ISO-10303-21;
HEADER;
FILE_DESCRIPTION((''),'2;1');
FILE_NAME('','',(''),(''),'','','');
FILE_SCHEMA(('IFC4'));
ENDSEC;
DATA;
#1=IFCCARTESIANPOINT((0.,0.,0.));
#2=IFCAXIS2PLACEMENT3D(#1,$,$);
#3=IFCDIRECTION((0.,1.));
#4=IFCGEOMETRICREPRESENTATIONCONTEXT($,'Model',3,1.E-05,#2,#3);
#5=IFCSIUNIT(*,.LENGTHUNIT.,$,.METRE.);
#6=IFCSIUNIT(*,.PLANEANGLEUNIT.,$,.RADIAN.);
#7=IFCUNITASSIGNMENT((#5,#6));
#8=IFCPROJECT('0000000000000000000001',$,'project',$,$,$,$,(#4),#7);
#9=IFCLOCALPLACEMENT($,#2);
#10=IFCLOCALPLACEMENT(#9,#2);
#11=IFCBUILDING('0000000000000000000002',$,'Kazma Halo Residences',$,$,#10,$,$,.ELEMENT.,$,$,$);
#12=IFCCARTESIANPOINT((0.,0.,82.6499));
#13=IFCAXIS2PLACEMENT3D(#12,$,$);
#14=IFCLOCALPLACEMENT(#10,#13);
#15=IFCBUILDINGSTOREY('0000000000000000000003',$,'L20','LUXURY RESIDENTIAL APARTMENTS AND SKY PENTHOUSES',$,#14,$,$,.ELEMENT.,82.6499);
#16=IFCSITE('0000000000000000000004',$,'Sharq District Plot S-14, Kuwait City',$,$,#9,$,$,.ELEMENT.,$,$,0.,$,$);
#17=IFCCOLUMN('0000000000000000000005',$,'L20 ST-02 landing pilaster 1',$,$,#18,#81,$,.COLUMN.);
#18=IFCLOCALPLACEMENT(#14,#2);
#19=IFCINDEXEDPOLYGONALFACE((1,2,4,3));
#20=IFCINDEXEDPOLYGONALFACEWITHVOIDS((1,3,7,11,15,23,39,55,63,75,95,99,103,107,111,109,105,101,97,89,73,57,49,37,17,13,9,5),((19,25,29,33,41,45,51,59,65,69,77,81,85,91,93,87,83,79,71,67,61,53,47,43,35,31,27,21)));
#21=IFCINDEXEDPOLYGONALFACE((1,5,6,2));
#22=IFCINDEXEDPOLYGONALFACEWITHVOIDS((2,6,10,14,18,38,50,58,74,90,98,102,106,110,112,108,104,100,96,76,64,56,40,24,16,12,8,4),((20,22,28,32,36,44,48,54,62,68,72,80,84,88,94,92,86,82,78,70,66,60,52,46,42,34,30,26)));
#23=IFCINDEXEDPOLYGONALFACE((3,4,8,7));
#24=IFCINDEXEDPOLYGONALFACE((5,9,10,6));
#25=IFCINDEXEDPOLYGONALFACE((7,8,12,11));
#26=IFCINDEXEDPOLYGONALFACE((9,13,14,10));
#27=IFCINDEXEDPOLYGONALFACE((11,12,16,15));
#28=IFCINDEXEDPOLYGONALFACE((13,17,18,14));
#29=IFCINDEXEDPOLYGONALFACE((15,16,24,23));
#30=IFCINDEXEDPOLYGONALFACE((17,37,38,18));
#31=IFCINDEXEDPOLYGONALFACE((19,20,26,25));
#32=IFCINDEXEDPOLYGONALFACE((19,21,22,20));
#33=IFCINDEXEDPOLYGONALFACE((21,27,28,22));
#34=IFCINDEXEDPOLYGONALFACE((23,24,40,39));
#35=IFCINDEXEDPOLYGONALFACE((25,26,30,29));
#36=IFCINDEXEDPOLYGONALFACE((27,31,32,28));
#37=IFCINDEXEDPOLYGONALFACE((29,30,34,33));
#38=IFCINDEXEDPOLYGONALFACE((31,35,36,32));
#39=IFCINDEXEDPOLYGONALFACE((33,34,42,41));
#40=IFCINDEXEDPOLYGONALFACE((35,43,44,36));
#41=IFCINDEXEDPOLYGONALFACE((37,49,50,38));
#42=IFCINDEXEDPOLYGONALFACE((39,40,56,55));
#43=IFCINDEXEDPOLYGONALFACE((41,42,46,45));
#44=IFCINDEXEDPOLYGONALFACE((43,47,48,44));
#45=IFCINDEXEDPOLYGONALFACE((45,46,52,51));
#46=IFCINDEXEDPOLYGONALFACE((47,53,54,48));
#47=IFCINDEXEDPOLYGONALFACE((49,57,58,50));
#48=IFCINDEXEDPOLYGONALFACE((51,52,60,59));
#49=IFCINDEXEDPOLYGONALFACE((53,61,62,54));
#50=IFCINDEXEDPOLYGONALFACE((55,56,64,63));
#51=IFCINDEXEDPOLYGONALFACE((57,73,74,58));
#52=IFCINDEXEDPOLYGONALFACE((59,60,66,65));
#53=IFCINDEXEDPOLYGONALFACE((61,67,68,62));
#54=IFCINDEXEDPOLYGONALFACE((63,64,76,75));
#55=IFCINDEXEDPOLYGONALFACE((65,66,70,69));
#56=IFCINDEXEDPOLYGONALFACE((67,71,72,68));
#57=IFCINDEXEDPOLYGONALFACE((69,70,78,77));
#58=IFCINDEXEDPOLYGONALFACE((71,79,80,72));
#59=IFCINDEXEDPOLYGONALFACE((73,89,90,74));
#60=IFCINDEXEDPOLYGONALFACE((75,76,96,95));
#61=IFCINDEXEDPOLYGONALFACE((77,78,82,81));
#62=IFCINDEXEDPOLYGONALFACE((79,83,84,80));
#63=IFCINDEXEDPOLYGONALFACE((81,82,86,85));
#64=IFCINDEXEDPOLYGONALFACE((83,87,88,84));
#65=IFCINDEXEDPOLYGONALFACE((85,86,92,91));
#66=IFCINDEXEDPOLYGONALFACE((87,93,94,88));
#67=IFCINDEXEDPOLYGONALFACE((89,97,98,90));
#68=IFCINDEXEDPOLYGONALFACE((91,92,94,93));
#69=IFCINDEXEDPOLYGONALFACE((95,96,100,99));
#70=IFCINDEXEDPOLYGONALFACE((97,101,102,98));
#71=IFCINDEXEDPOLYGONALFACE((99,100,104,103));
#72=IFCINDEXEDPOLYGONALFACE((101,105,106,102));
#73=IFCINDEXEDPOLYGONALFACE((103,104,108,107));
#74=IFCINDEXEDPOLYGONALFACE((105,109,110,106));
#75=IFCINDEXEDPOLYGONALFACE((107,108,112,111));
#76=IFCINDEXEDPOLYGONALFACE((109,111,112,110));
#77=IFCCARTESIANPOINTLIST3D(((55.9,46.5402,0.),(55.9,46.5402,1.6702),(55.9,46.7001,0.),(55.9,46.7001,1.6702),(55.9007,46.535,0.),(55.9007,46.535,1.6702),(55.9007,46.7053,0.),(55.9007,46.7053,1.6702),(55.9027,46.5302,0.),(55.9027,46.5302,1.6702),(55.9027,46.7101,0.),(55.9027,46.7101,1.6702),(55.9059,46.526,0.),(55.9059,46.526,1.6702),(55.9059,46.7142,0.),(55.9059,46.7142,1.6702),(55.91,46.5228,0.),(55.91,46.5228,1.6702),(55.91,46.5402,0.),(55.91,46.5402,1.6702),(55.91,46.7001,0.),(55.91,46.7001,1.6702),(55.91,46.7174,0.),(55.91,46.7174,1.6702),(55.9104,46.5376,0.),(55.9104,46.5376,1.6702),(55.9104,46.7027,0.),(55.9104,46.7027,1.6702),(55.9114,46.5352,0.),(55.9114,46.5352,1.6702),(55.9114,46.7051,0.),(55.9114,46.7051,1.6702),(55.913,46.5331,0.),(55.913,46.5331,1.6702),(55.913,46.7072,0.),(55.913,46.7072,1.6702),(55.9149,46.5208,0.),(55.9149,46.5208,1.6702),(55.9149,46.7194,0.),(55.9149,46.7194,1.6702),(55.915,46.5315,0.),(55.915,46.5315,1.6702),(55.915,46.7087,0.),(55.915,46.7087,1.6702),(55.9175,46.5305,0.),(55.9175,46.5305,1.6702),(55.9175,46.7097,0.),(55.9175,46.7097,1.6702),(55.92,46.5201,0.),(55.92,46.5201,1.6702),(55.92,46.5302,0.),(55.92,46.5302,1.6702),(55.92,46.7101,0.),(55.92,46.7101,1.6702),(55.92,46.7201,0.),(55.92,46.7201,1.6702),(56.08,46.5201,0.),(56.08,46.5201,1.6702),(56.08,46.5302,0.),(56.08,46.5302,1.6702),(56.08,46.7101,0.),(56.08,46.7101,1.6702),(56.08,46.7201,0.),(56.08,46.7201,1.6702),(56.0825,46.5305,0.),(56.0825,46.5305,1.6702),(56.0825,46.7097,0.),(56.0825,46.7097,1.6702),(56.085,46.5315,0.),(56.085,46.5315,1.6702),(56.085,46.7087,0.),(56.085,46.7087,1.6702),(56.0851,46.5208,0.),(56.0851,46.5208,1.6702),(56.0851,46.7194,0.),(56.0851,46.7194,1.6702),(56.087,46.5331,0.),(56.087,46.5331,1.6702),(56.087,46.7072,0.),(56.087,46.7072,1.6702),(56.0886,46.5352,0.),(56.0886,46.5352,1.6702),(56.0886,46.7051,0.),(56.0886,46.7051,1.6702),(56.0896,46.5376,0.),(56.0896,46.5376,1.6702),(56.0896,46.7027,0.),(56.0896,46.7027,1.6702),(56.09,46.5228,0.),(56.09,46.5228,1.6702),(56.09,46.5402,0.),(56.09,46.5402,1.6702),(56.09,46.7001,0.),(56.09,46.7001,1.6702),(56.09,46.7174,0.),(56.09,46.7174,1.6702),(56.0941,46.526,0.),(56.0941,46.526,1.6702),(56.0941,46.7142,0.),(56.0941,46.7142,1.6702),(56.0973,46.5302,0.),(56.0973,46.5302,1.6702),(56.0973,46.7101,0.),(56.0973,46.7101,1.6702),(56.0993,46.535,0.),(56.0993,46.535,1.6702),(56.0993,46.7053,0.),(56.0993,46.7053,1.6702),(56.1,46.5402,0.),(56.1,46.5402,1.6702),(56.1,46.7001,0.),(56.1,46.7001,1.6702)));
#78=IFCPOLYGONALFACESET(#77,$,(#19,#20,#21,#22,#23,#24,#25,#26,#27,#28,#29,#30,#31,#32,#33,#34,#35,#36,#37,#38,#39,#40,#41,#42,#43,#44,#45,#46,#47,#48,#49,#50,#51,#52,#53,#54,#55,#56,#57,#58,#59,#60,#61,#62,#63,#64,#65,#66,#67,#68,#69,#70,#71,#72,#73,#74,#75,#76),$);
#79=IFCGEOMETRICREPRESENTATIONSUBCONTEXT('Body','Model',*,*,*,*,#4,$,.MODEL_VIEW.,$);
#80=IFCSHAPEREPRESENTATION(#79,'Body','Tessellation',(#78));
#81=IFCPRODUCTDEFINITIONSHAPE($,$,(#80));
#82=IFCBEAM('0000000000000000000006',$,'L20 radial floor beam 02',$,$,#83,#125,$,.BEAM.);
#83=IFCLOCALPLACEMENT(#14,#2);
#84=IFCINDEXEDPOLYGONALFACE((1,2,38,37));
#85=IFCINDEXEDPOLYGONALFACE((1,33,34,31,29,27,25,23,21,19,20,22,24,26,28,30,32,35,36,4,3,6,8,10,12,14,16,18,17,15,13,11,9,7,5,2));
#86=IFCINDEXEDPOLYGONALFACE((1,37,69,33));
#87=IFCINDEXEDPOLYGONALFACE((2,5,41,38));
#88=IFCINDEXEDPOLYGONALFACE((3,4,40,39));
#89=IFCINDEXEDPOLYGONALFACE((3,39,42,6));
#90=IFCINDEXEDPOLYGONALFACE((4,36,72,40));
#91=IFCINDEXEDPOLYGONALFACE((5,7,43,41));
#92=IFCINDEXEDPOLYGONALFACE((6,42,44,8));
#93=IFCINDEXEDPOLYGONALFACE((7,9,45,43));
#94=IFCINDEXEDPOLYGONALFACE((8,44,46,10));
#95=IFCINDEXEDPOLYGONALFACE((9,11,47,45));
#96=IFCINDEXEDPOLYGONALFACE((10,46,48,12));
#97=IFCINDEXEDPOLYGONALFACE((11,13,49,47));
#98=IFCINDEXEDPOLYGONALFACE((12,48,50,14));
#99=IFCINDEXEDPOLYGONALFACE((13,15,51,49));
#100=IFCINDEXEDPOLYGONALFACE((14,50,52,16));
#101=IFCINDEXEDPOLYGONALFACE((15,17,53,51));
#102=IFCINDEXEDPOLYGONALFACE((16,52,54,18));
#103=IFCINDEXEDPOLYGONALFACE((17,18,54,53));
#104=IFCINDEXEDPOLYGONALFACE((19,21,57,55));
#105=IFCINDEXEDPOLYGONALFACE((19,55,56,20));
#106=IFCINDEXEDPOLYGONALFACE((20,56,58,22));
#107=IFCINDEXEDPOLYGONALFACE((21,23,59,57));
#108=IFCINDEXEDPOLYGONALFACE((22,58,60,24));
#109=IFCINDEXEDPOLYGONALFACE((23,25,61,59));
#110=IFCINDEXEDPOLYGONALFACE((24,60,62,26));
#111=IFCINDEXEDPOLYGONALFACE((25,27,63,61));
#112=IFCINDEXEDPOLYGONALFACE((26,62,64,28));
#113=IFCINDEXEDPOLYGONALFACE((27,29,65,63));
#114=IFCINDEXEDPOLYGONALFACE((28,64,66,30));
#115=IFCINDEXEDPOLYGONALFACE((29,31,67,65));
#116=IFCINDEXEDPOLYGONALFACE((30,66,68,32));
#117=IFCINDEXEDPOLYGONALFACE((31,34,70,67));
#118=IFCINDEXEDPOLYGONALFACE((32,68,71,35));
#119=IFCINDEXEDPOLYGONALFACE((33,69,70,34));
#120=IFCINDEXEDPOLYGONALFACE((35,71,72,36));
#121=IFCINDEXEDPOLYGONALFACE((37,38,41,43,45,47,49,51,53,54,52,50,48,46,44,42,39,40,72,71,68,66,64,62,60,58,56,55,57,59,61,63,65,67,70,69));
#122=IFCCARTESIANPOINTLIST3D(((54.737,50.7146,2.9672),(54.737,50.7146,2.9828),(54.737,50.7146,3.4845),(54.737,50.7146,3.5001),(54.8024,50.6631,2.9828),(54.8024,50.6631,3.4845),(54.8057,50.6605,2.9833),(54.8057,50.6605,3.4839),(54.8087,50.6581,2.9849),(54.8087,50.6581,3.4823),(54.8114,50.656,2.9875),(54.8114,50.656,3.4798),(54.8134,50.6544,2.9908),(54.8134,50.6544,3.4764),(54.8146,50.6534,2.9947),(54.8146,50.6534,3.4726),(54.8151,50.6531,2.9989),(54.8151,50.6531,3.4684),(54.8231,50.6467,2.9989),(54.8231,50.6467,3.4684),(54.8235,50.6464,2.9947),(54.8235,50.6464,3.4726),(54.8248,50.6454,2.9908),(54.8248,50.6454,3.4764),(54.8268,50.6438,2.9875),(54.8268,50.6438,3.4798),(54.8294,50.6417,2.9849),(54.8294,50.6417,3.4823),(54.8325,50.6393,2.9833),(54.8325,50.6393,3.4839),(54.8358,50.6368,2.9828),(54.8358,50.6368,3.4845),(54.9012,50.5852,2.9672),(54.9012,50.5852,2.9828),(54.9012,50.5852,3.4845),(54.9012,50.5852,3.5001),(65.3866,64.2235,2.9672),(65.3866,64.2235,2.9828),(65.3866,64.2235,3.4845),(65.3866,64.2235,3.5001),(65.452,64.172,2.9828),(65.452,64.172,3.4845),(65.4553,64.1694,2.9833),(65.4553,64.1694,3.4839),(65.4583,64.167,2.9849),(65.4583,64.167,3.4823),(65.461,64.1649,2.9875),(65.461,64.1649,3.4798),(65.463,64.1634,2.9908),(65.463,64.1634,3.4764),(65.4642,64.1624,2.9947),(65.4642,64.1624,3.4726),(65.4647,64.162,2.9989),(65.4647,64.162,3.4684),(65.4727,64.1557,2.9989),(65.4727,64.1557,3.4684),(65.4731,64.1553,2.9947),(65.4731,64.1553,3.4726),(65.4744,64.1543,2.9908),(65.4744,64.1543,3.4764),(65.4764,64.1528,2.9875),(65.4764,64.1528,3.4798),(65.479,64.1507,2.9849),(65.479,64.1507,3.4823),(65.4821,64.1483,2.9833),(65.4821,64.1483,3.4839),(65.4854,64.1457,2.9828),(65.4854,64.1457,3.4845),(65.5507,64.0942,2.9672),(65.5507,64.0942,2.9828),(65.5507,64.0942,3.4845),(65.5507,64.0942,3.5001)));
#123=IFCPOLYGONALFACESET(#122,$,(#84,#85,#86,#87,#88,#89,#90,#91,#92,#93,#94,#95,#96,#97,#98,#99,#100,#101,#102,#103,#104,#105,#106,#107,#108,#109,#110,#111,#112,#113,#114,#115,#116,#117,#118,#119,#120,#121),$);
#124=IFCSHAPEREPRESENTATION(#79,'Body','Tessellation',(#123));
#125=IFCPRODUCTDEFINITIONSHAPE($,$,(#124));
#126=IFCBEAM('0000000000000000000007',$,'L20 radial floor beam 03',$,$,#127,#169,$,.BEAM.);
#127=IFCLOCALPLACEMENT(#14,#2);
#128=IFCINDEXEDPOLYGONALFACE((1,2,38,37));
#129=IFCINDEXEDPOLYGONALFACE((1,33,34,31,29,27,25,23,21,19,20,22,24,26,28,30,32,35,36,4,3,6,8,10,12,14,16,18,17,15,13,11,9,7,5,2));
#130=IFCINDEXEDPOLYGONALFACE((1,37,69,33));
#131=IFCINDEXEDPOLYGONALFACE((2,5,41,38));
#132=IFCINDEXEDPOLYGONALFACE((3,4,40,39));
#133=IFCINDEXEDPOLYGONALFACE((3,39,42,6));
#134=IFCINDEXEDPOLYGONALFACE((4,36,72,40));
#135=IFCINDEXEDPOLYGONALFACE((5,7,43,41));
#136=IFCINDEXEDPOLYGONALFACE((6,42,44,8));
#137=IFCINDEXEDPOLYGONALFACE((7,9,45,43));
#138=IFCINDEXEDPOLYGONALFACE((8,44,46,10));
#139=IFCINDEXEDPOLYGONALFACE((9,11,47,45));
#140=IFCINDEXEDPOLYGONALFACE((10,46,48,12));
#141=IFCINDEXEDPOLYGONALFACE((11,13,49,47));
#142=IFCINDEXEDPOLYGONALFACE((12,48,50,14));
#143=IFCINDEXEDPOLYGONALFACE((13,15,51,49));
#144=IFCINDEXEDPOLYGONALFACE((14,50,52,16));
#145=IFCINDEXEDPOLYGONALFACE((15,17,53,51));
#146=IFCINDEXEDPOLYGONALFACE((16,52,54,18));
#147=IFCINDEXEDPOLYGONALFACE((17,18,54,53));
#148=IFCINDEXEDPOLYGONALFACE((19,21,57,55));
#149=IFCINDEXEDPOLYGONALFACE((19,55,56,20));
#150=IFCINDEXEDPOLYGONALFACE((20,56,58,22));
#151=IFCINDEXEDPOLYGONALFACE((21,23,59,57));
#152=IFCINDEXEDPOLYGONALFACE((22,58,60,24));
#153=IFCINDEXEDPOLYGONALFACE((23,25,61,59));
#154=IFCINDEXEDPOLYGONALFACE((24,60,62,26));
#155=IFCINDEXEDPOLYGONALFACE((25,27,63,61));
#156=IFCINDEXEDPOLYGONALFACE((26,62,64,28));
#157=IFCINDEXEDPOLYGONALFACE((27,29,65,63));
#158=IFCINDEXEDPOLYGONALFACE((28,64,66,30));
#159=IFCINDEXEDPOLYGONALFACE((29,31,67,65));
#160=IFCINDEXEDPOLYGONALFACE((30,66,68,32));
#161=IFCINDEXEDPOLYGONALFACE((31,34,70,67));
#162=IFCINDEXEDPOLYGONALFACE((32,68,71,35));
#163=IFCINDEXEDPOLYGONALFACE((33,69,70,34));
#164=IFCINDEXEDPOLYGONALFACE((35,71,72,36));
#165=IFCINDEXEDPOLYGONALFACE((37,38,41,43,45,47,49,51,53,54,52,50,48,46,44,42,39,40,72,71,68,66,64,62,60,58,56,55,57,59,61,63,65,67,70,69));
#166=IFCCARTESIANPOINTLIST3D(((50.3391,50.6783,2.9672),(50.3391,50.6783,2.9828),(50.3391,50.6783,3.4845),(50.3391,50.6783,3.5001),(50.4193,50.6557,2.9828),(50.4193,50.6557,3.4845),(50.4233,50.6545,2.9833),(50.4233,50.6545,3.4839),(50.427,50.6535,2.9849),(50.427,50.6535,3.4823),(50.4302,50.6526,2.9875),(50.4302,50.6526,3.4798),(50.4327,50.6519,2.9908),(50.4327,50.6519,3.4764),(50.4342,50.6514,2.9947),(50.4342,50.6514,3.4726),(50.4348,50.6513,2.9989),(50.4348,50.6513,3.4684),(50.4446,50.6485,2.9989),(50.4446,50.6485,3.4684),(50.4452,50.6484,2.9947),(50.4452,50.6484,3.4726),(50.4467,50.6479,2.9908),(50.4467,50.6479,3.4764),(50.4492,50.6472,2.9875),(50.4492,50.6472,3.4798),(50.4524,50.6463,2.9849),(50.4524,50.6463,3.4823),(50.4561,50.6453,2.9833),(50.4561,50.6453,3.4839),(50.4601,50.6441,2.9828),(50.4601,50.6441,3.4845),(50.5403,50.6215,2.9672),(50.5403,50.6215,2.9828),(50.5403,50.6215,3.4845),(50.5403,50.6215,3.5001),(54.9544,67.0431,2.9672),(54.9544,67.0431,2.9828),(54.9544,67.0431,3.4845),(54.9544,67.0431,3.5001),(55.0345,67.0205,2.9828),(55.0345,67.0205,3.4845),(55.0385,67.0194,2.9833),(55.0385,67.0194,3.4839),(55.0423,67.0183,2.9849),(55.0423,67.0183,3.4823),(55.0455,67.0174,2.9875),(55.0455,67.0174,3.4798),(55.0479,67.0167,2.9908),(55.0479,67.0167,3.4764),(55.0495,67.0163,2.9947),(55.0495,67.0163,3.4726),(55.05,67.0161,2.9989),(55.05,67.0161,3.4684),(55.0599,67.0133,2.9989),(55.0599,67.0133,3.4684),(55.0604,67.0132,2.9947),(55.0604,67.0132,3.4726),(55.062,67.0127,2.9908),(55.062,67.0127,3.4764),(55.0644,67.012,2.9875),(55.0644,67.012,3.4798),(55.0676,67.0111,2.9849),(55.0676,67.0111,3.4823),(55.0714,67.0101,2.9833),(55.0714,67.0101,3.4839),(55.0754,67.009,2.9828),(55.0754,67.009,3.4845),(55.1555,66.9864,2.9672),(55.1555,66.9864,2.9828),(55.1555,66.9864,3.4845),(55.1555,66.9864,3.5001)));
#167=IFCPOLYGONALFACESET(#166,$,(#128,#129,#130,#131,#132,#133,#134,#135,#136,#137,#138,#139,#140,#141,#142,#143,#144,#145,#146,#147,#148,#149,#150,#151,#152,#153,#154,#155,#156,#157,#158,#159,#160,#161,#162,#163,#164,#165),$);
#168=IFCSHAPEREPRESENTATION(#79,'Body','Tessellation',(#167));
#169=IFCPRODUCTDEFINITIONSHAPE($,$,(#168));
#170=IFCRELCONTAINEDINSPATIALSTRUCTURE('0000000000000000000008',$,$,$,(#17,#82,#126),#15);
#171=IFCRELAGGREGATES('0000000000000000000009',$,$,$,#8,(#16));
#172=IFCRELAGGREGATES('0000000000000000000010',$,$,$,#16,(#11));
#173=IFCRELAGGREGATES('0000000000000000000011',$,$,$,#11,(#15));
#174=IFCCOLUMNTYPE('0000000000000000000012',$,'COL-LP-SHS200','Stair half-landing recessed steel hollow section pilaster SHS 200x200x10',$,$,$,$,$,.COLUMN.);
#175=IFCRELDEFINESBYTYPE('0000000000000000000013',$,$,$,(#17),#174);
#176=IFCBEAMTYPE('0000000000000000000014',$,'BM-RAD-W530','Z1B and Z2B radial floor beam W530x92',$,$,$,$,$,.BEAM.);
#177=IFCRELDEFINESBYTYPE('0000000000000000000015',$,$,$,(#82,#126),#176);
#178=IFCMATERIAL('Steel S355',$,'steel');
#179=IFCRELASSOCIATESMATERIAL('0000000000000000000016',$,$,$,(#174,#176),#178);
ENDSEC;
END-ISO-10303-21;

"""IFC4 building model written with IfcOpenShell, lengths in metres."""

from ifc_helpers import new_model, si_unit, direction, frame, origin, origin_2d, place, context, subcontext, project, spatial, hollow_rectangle, i_section, extrude, material, material_profile, profile_set, type_object, element, save


model = new_model("IFC4")

# Units and contexts
model_context = context("Model", 3, precision=1e-05, world=origin(), true_north=direction((0.0, 1.0)))
body_context = subcontext(model_context, "Body", "Model", "MODEL_VIEW")
ifc_project = project(units=[si_unit("LENGTHUNIT", "METRE"), si_unit("PLANEANGLEUNIT", "RADIAN")], contexts=[model_context])

# Site, building, storey
site_placement = place(None, origin())
site = spatial("IfcSite", under=ifc_project, at=site_placement, Name="Sharq District Plot S-14, Kuwait City", CompositionType="ELEMENT", RefElevation=0.0)
building_placement = place(site_placement, origin())
building = spatial("IfcBuilding", under=site, at=building_placement, Name="Kazma Halo Residences", CompositionType="ELEMENT")
storey_placement = place(building_placement, frame((0.0, 0.0, 82.6499)))
storey = spatial("IfcBuildingStorey", under=building, at=storey_placement, Name="L20", Description="LUXURY RESIDENTIAL APARTMENTS AND SKY PENTHOUSES", CompositionType="ELEMENT", Elevation=82.6499)

# Column
ifc_material_1 = material(Name="Steel S355", Category="steel")
ifc_material_profile_1 = material_profile(ifc_material_1, hollow_rectangle(XDim=0.2, YDim=0.2, WallThickness=0.01, InnerFilletRadius=0.01, OuterFilletRadius=0.02, at=origin_2d()), Name="SHS200x200x10")
ifc_profile_set_1 = profile_set([ifc_material_profile_1], Name="Steel S355")
column_type = type_object("IfcColumnType", Name="COL-LP-SHS200", Description="Stair half-landing recessed steel hollow section pilaster SHS 200x200x10", PredefinedType="COLUMN", material=ifc_profile_set_1)
column_placement = place(storey_placement, frame((56.0, 46.6201, 0.0), z_axis=(0.0, 0.0, 1.0), x_axis=(1.0, 0.0, 0.0)))
element("IfcColumn", 1, at=column_placement, inside=storey, type_object=column_type, Name="L20 ST-02 landing pilaster 1", PredefinedType="COLUMN", context=body_context, shape_type="SweptSolid", body=[
    extrude(hollow_rectangle(XDim=0.2, YDim=0.2, WallThickness=0.01, InnerFilletRadius=0.01, OuterFilletRadius=0.02, at=origin_2d()), origin(), (0.0, 0.0, 1.0), 1.6702),
])

# Beams
ifc_material_profile_2 = material_profile(ifc_material_1, i_section(OverallWidth=0.209, OverallDepth=0.533, WebThickness=0.0103, FlangeThickness=0.0156, FilletRadius=0.0161, at=origin_2d()), Name="W530x92")
ifc_profile_set_2 = profile_set([ifc_material_profile_2], Name="Steel S355")
beam_type_1 = type_object("IfcBeamType", Name="BM-RAD-W530", Description="Z1B and Z2B radial floor beam W530x92", PredefinedType="BEAM", material=ifc_profile_set_2)
beam_1_placement = place(storey_placement, frame((54.8191, 50.6499, 3.2336), z_axis=(0.619094, 0.785317, 0.0), x_axis=(-0.785317, 0.619094, 0.0)))
element("IfcBeam", 2, at=beam_1_placement, inside=storey, type_object=beam_type_1, Name="L20 radial floor beam 02", PredefinedType="BEAM", context=body_context, shape_type="SweptSolid", body=[
    extrude(i_section(OverallWidth=0.209, OverallDepth=0.533, WebThickness=0.0103, FlangeThickness=0.0156, FilletRadius=0.0161, at=origin_2d()), origin(), (0.0, 0.0, 1.0), 17.2019),
])
beam_2_placement = place(storey_placement, frame((50.4397, 50.6499, 3.2336), z_axis=(0.271435, 0.962457, 0.0), x_axis=(-0.962457, 0.271435, 0.0)))
element("IfcBeam", 3, at=beam_2_placement, inside=storey, type_object=beam_type_1, Name="L20 radial floor beam 03", PredefinedType="BEAM", context=body_context, shape_type="SweptSolid", body=[
    extrude(i_section(OverallWidth=0.209, OverallDepth=0.533, WebThickness=0.0103, FlangeThickness=0.0156, FilletRadius=0.0161, at=origin_2d()), origin(), (0.0, 0.0, 1.0), 17.0032),
])

save(model, "model.ifc")
